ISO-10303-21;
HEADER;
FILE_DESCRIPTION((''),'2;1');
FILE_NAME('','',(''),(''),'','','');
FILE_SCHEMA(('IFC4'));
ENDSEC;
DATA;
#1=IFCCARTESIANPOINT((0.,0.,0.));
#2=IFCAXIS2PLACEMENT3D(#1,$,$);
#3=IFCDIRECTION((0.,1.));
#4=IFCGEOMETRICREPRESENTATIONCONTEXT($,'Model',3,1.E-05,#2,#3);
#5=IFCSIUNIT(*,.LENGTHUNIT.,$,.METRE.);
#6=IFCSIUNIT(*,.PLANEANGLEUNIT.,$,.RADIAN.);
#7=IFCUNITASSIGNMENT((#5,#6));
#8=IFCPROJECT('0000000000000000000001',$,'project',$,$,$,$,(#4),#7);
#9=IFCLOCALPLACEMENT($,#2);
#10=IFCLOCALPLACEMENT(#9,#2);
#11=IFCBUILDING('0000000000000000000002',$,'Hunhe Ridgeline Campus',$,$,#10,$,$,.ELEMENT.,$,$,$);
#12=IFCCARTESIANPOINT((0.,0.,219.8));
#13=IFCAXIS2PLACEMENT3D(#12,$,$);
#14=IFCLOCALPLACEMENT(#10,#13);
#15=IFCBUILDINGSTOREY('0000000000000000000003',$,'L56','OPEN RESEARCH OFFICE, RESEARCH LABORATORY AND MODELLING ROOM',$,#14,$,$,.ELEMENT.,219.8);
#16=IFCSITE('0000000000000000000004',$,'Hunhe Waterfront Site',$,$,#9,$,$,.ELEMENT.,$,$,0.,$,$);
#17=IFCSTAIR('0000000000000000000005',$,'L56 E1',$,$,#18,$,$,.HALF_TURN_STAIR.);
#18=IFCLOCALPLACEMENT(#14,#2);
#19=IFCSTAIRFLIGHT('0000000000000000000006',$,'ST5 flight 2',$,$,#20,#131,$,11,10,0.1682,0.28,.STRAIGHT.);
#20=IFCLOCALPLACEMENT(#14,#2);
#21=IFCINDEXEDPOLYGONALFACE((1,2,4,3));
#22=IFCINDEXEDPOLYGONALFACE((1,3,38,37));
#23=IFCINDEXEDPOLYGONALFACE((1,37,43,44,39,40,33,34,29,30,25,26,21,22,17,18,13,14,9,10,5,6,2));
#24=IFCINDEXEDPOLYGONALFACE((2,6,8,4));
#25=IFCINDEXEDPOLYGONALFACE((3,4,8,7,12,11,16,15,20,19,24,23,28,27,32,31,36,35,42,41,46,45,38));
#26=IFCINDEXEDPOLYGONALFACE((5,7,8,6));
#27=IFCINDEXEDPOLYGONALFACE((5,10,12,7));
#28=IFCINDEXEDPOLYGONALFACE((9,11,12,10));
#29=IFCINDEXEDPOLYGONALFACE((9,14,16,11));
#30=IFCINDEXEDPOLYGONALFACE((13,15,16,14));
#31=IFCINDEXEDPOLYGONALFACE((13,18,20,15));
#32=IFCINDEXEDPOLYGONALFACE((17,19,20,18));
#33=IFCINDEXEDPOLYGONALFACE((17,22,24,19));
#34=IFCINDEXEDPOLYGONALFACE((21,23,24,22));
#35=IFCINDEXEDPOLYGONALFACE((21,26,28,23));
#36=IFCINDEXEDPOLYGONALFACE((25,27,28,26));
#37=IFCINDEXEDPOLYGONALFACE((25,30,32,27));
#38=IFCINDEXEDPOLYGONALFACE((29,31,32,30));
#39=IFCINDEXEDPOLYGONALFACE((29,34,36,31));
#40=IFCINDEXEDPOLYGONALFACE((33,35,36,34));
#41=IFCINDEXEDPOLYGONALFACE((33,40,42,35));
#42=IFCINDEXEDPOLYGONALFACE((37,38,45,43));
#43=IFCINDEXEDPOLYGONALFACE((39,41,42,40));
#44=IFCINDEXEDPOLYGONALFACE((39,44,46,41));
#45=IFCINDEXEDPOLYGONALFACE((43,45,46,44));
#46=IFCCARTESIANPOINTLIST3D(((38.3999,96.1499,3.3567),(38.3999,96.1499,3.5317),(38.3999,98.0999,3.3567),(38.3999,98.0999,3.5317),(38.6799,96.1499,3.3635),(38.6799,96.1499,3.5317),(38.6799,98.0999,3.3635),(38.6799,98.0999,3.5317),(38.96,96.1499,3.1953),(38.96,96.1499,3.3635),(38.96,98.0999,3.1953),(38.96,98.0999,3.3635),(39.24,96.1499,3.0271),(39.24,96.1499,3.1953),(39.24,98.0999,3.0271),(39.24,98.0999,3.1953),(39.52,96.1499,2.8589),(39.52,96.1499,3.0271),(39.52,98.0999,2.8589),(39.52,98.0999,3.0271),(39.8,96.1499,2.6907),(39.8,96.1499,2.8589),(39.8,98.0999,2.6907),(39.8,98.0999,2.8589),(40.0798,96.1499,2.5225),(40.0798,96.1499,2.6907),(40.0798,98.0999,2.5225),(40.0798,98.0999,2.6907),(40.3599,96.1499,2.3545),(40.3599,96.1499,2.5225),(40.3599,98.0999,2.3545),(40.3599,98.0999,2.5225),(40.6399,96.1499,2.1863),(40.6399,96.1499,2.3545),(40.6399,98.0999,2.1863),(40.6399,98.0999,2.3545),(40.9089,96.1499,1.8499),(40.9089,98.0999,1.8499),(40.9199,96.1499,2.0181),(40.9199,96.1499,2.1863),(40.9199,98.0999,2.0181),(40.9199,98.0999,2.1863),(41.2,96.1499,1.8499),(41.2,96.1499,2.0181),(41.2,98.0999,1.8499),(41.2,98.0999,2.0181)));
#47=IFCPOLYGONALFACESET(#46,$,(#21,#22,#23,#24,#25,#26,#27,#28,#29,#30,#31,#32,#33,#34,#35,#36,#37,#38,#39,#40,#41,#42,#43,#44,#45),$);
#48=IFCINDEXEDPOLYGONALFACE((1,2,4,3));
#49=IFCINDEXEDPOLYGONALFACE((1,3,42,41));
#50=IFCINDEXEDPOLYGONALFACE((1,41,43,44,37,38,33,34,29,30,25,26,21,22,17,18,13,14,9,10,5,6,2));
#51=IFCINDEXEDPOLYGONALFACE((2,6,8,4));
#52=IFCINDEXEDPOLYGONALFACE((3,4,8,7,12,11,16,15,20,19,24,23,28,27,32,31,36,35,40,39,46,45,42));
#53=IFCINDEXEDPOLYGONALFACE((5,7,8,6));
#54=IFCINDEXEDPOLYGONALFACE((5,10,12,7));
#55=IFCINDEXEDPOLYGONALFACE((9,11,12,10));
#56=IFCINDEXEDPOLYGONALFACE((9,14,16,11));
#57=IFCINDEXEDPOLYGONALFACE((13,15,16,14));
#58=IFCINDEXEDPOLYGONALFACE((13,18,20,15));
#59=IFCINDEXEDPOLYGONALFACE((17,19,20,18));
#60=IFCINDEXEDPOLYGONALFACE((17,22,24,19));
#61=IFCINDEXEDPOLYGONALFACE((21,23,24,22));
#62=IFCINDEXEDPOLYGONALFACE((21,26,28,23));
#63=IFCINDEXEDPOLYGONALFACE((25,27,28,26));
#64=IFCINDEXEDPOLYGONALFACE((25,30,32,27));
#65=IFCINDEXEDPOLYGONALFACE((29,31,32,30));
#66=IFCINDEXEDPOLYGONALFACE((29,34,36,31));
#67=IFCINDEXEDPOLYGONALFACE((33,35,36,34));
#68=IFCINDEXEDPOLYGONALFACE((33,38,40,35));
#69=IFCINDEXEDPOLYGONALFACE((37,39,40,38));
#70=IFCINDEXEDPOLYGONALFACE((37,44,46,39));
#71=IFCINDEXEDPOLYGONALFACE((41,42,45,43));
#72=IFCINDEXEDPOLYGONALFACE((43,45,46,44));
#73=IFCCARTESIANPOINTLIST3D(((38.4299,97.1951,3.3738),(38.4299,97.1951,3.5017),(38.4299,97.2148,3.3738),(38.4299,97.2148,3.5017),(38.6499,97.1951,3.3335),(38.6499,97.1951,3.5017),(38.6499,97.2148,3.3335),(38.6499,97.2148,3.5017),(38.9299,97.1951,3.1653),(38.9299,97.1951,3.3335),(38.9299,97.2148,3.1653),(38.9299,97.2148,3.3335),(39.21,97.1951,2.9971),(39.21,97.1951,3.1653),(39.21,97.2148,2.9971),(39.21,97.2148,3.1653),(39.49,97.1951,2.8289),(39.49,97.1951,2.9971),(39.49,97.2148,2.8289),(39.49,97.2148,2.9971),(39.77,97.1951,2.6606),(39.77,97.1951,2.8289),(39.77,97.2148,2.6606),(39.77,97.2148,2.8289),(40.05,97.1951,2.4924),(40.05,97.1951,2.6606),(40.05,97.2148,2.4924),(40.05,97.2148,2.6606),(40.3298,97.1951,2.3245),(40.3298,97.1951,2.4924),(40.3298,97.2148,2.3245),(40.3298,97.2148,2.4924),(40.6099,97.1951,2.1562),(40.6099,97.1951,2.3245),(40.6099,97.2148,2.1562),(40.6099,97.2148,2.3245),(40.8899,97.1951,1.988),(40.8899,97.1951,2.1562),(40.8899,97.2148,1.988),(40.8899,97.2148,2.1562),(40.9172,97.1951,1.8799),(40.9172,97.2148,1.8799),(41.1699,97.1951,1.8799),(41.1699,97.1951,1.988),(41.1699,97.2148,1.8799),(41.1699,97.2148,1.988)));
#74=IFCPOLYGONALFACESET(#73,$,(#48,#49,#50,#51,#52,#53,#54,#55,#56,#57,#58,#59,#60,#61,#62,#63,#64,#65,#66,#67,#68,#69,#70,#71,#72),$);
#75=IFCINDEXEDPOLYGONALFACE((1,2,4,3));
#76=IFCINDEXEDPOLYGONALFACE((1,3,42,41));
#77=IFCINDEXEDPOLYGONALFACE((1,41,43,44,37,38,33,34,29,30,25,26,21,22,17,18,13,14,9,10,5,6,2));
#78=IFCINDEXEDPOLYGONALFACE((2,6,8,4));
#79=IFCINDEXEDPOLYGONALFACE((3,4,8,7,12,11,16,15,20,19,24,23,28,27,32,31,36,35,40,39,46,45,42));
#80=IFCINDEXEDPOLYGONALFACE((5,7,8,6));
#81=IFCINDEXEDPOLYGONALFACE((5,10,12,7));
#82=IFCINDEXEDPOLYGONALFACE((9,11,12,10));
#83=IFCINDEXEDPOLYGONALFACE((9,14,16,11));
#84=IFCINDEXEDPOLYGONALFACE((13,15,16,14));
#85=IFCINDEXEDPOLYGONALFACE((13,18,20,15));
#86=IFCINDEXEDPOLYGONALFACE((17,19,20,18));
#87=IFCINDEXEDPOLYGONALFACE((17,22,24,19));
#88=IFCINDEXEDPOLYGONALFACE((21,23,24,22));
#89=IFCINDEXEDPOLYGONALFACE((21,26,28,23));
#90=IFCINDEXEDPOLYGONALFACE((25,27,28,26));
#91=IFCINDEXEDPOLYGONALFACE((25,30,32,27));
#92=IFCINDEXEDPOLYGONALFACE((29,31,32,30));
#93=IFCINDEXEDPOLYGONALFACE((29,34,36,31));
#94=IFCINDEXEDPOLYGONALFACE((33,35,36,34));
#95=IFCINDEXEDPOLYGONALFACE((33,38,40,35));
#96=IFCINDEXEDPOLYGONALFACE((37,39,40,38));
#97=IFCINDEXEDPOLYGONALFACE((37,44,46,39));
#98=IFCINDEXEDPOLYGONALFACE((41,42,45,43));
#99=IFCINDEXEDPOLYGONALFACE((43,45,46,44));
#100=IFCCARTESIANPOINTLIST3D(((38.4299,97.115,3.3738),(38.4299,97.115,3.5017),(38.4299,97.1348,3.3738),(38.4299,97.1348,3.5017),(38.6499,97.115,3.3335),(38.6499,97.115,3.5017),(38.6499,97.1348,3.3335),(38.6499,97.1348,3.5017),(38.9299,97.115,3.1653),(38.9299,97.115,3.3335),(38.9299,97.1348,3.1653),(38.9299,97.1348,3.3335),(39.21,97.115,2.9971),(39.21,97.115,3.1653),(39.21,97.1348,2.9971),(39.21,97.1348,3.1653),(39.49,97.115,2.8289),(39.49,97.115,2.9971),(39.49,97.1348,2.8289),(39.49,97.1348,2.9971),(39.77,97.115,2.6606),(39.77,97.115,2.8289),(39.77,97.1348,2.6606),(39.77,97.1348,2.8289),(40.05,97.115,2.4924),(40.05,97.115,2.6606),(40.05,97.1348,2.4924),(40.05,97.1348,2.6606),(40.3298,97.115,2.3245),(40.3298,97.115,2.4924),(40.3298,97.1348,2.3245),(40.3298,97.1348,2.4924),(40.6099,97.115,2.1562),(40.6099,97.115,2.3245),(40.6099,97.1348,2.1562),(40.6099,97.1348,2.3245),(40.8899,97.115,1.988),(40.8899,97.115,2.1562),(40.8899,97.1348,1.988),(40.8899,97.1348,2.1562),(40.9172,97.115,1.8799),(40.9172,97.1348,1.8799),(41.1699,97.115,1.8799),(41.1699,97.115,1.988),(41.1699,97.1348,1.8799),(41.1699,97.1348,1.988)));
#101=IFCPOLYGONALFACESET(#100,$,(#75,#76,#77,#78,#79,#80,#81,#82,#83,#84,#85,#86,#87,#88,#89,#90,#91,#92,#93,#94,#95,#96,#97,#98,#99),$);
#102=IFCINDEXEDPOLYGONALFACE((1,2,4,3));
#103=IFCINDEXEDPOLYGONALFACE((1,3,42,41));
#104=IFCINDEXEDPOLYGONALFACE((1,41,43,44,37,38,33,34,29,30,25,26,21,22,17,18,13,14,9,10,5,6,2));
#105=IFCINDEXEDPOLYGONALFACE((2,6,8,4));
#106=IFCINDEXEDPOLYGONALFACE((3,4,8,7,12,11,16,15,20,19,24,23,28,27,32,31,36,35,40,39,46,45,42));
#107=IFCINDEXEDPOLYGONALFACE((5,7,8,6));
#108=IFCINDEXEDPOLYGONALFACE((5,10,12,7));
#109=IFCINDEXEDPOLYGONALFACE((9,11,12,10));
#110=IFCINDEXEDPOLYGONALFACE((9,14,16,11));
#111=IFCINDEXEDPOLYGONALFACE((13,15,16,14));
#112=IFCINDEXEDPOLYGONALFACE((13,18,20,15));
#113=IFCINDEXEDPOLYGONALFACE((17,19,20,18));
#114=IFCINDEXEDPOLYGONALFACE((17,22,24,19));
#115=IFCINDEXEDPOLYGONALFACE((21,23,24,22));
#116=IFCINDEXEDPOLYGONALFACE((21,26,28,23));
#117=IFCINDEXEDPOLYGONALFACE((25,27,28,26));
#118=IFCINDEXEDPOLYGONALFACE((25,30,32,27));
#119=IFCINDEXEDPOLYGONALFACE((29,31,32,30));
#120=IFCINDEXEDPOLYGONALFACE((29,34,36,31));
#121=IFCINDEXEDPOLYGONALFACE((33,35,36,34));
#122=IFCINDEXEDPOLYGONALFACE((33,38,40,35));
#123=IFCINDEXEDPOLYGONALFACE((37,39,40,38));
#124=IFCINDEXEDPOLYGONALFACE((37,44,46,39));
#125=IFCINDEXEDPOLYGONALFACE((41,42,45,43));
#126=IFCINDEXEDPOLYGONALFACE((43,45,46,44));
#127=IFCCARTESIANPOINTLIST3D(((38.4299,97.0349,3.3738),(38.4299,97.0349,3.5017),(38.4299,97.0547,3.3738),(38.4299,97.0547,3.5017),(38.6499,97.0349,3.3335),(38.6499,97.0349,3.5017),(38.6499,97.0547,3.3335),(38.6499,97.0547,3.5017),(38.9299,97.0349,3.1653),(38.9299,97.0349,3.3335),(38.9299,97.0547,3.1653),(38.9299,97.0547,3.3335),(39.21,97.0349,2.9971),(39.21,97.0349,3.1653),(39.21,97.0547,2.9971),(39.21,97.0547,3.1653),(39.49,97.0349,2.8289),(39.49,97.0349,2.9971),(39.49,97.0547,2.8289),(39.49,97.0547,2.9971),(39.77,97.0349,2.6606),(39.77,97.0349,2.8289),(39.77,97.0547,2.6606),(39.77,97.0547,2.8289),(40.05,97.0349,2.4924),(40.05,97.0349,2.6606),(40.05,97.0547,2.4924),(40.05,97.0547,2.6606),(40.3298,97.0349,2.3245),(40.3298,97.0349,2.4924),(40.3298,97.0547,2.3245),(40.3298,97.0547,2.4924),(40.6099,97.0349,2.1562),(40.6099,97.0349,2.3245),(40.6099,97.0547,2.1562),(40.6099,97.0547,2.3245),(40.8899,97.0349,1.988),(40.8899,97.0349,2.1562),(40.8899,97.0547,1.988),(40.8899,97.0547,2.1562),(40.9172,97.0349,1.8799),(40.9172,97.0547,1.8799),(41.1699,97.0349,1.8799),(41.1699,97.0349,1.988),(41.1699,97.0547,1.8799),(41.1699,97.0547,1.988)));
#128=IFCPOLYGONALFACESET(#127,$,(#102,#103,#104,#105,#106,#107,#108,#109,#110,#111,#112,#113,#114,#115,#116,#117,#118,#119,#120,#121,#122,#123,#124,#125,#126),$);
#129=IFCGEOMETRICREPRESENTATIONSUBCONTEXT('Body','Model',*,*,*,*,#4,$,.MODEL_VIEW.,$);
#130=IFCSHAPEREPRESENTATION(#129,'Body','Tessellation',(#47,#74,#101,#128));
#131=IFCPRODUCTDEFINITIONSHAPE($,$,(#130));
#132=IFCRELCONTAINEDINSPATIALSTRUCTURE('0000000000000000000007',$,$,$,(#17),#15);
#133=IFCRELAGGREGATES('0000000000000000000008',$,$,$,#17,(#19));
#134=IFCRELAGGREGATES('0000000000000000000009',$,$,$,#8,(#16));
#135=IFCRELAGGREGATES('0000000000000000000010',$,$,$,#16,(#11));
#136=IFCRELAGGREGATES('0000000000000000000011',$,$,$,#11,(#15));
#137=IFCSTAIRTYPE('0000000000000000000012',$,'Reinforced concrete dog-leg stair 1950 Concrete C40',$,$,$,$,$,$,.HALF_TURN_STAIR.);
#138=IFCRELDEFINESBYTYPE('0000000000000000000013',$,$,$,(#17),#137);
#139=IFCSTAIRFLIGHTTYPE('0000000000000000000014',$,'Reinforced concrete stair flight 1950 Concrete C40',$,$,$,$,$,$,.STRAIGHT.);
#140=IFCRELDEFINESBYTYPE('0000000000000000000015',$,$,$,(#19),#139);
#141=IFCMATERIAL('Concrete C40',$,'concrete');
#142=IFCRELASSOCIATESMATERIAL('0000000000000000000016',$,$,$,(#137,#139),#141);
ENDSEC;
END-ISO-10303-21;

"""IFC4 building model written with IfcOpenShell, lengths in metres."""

from ifc_helpers import new_model, si_unit, direction, frame, origin, place, context, subcontext, project, spatial, polyline, outline, extrude, material, type_object, element, aggregate, save


model = new_model("IFC4")

# Units and contexts
model_context = context("Model", 3, precision=1e-05, world=origin(), true_north=direction((0.0, 1.0)))
body_context = subcontext(model_context, "Body", "Model", "MODEL_VIEW")
ifc_project = project(units=[si_unit("LENGTHUNIT", "METRE"), si_unit("PLANEANGLEUNIT", "RADIAN")], contexts=[model_context])

# Site, building, storey
site_placement = place(None, origin())
site = spatial("IfcSite", under=ifc_project, at=site_placement, Name="Hunhe Waterfront Site", CompositionType="ELEMENT", RefElevation=0.0)
building_placement = place(site_placement, origin())
building = spatial("IfcBuilding", under=site, at=building_placement, Name="Hunhe Ridgeline Campus", CompositionType="ELEMENT")
storey_placement = place(building_placement, frame((0.0, 0.0, 219.8)))
storey = spatial("IfcBuildingStorey", under=building, at=storey_placement, Name="L56", Description="OPEN RESEARCH OFFICE, RESEARCH LABORATORY AND MODELLING ROOM", CompositionType="ELEMENT", Elevation=219.8)

# Stair, stair flight
ifc_material_1 = material(Name="Concrete C40", Category="concrete")
stair_type = type_object("IfcStairType", Name="Reinforced concrete dog-leg stair 1950 Concrete C40", PredefinedType="HALF_TURN_STAIR", material=ifc_material_1)
stair_placement = place(storey_placement, origin())
stair = element("IfcStair", 1, at=stair_placement, inside=storey, type_object=stair_type, Name="L56 E1", PredefinedType="HALF_TURN_STAIR")
stair_flight_type = type_object("IfcStairFlightType", Name="Reinforced concrete stair flight 1950 Concrete C40", PredefinedType="STRAIGHT", material=ifc_material_1)
stair_flight_1_placement = place(storey_placement, frame((41.2, 97.125, 1.8499), z_axis=(0.0, 0.0, 1.0), x_axis=(-1.0, 0.0, 0.0)))
stair_flight_1 = element("IfcStairFlight", 2, at=stair_flight_1_placement, type_object=stair_flight_type, Name="ST5 flight 2", NumberOfRisers=11, NumberOfTreads=10, PredefinedType="STRAIGHT", RiserHeight=0.1682, TreadLength=0.28, context=body_context, shape_type="SweptSolid", body=[
    extrude(outline(polyline([(0.0, 0.0), (0.0, 0.1682), (0.28, 0.1682), (0.28, 0.3364), (0.5601, 0.3364), (0.5601, 0.5046), (0.8401, 0.5046), (0.8401, 0.6726), (1.1201, 0.6726), (1.1201, 0.8408), (1.3999, 0.8408), (1.3999, 1.009), (1.6799, 1.009), (1.6799, 1.1772), (1.96, 1.1772), (1.96, 1.3455), (2.24, 1.3455), (2.24, 1.5137), (2.52, 1.5137), (2.52, 1.6819), (2.8, 1.6819), (2.8, 1.8501), (2.8, 1.5068), (0.291, 0.0), (0.0, 0.0)])), frame((0.0, 0.9751, 0.0), z_axis=(0.0, -1.0, 0.0), x_axis=(1.0, 0.0, 0.0)), (0.0, 0.0, 1.0), 1.95),
    extrude(outline(polyline([(0.03, 0.03), (0.03, 0.1382), (0.3101, 0.1382), (0.3101, 0.3064), (0.5901, 0.3064), (0.5901, 0.4746), (0.8701, 0.4746), (0.8701, 0.6426), (1.1499, 0.6426), (1.1499, 0.8108), (1.4299, 0.8108), (1.4299, 0.979), (1.71, 0.979), (1.71, 1.1472), (1.99, 1.1472), (1.99, 1.3154), (2.27, 1.3154), (2.27, 1.4836), (2.55, 1.4836), (2.55, 1.6519), (2.77, 1.6519), (2.77, 1.5239), (0.2827, 0.03), (0.03, 0.03)])), frame((0.0, -0.0701, 0.0), z_axis=(0.0, -1.0, 0.0), x_axis=(1.0, 0.0, 0.0)), (0.0, 0.0, 1.0), 0.0198),
    extrude(outline(polyline([(0.03, 0.03), (0.03, 0.1382), (0.3101, 0.1382), (0.3101, 0.3064), (0.5901, 0.3064), (0.5901, 0.4746), (0.8701, 0.4746), (0.8701, 0.6426), (1.1499, 0.6426), (1.1499, 0.8108), (1.4299, 0.8108), (1.4299, 0.979), (1.71, 0.979), (1.71, 1.1472), (1.99, 1.1472), (1.99, 1.3154), (2.27, 1.3154), (2.27, 1.4836), (2.55, 1.4836), (2.55, 1.6519), (2.77, 1.6519), (2.77, 1.5239), (0.2827, 0.03), (0.03, 0.03)])), frame((0.0, 0.01, 0.0), z_axis=(0.0, -1.0, 0.0), x_axis=(1.0, 0.0, 0.0)), (0.0, 0.0, 1.0), 0.0198),
    extrude(outline(polyline([(0.03, 0.03), (0.03, 0.1382), (0.3101, 0.1382), (0.3101, 0.3064), (0.5901, 0.3064), (0.5901, 0.4746), (0.8701, 0.4746), (0.8701, 0.6426), (1.1499, 0.6426), (1.1499, 0.8108), (1.4299, 0.8108), (1.4299, 0.979), (1.71, 0.979), (1.71, 1.1472), (1.99, 1.1472), (1.99, 1.3154), (2.27, 1.3154), (2.27, 1.4836), (2.55, 1.4836), (2.55, 1.6519), (2.77, 1.6519), (2.77, 1.5239), (0.2827, 0.03), (0.03, 0.03)])), frame((0.0, 0.0901, 0.0), z_axis=(0.0, -1.0, 0.0), x_axis=(1.0, 0.0, 0.0)), (0.0, 0.0, 1.0), 0.0198),
])
aggregate(stair, [stair_flight_1])

save(model, "model.ifc")
